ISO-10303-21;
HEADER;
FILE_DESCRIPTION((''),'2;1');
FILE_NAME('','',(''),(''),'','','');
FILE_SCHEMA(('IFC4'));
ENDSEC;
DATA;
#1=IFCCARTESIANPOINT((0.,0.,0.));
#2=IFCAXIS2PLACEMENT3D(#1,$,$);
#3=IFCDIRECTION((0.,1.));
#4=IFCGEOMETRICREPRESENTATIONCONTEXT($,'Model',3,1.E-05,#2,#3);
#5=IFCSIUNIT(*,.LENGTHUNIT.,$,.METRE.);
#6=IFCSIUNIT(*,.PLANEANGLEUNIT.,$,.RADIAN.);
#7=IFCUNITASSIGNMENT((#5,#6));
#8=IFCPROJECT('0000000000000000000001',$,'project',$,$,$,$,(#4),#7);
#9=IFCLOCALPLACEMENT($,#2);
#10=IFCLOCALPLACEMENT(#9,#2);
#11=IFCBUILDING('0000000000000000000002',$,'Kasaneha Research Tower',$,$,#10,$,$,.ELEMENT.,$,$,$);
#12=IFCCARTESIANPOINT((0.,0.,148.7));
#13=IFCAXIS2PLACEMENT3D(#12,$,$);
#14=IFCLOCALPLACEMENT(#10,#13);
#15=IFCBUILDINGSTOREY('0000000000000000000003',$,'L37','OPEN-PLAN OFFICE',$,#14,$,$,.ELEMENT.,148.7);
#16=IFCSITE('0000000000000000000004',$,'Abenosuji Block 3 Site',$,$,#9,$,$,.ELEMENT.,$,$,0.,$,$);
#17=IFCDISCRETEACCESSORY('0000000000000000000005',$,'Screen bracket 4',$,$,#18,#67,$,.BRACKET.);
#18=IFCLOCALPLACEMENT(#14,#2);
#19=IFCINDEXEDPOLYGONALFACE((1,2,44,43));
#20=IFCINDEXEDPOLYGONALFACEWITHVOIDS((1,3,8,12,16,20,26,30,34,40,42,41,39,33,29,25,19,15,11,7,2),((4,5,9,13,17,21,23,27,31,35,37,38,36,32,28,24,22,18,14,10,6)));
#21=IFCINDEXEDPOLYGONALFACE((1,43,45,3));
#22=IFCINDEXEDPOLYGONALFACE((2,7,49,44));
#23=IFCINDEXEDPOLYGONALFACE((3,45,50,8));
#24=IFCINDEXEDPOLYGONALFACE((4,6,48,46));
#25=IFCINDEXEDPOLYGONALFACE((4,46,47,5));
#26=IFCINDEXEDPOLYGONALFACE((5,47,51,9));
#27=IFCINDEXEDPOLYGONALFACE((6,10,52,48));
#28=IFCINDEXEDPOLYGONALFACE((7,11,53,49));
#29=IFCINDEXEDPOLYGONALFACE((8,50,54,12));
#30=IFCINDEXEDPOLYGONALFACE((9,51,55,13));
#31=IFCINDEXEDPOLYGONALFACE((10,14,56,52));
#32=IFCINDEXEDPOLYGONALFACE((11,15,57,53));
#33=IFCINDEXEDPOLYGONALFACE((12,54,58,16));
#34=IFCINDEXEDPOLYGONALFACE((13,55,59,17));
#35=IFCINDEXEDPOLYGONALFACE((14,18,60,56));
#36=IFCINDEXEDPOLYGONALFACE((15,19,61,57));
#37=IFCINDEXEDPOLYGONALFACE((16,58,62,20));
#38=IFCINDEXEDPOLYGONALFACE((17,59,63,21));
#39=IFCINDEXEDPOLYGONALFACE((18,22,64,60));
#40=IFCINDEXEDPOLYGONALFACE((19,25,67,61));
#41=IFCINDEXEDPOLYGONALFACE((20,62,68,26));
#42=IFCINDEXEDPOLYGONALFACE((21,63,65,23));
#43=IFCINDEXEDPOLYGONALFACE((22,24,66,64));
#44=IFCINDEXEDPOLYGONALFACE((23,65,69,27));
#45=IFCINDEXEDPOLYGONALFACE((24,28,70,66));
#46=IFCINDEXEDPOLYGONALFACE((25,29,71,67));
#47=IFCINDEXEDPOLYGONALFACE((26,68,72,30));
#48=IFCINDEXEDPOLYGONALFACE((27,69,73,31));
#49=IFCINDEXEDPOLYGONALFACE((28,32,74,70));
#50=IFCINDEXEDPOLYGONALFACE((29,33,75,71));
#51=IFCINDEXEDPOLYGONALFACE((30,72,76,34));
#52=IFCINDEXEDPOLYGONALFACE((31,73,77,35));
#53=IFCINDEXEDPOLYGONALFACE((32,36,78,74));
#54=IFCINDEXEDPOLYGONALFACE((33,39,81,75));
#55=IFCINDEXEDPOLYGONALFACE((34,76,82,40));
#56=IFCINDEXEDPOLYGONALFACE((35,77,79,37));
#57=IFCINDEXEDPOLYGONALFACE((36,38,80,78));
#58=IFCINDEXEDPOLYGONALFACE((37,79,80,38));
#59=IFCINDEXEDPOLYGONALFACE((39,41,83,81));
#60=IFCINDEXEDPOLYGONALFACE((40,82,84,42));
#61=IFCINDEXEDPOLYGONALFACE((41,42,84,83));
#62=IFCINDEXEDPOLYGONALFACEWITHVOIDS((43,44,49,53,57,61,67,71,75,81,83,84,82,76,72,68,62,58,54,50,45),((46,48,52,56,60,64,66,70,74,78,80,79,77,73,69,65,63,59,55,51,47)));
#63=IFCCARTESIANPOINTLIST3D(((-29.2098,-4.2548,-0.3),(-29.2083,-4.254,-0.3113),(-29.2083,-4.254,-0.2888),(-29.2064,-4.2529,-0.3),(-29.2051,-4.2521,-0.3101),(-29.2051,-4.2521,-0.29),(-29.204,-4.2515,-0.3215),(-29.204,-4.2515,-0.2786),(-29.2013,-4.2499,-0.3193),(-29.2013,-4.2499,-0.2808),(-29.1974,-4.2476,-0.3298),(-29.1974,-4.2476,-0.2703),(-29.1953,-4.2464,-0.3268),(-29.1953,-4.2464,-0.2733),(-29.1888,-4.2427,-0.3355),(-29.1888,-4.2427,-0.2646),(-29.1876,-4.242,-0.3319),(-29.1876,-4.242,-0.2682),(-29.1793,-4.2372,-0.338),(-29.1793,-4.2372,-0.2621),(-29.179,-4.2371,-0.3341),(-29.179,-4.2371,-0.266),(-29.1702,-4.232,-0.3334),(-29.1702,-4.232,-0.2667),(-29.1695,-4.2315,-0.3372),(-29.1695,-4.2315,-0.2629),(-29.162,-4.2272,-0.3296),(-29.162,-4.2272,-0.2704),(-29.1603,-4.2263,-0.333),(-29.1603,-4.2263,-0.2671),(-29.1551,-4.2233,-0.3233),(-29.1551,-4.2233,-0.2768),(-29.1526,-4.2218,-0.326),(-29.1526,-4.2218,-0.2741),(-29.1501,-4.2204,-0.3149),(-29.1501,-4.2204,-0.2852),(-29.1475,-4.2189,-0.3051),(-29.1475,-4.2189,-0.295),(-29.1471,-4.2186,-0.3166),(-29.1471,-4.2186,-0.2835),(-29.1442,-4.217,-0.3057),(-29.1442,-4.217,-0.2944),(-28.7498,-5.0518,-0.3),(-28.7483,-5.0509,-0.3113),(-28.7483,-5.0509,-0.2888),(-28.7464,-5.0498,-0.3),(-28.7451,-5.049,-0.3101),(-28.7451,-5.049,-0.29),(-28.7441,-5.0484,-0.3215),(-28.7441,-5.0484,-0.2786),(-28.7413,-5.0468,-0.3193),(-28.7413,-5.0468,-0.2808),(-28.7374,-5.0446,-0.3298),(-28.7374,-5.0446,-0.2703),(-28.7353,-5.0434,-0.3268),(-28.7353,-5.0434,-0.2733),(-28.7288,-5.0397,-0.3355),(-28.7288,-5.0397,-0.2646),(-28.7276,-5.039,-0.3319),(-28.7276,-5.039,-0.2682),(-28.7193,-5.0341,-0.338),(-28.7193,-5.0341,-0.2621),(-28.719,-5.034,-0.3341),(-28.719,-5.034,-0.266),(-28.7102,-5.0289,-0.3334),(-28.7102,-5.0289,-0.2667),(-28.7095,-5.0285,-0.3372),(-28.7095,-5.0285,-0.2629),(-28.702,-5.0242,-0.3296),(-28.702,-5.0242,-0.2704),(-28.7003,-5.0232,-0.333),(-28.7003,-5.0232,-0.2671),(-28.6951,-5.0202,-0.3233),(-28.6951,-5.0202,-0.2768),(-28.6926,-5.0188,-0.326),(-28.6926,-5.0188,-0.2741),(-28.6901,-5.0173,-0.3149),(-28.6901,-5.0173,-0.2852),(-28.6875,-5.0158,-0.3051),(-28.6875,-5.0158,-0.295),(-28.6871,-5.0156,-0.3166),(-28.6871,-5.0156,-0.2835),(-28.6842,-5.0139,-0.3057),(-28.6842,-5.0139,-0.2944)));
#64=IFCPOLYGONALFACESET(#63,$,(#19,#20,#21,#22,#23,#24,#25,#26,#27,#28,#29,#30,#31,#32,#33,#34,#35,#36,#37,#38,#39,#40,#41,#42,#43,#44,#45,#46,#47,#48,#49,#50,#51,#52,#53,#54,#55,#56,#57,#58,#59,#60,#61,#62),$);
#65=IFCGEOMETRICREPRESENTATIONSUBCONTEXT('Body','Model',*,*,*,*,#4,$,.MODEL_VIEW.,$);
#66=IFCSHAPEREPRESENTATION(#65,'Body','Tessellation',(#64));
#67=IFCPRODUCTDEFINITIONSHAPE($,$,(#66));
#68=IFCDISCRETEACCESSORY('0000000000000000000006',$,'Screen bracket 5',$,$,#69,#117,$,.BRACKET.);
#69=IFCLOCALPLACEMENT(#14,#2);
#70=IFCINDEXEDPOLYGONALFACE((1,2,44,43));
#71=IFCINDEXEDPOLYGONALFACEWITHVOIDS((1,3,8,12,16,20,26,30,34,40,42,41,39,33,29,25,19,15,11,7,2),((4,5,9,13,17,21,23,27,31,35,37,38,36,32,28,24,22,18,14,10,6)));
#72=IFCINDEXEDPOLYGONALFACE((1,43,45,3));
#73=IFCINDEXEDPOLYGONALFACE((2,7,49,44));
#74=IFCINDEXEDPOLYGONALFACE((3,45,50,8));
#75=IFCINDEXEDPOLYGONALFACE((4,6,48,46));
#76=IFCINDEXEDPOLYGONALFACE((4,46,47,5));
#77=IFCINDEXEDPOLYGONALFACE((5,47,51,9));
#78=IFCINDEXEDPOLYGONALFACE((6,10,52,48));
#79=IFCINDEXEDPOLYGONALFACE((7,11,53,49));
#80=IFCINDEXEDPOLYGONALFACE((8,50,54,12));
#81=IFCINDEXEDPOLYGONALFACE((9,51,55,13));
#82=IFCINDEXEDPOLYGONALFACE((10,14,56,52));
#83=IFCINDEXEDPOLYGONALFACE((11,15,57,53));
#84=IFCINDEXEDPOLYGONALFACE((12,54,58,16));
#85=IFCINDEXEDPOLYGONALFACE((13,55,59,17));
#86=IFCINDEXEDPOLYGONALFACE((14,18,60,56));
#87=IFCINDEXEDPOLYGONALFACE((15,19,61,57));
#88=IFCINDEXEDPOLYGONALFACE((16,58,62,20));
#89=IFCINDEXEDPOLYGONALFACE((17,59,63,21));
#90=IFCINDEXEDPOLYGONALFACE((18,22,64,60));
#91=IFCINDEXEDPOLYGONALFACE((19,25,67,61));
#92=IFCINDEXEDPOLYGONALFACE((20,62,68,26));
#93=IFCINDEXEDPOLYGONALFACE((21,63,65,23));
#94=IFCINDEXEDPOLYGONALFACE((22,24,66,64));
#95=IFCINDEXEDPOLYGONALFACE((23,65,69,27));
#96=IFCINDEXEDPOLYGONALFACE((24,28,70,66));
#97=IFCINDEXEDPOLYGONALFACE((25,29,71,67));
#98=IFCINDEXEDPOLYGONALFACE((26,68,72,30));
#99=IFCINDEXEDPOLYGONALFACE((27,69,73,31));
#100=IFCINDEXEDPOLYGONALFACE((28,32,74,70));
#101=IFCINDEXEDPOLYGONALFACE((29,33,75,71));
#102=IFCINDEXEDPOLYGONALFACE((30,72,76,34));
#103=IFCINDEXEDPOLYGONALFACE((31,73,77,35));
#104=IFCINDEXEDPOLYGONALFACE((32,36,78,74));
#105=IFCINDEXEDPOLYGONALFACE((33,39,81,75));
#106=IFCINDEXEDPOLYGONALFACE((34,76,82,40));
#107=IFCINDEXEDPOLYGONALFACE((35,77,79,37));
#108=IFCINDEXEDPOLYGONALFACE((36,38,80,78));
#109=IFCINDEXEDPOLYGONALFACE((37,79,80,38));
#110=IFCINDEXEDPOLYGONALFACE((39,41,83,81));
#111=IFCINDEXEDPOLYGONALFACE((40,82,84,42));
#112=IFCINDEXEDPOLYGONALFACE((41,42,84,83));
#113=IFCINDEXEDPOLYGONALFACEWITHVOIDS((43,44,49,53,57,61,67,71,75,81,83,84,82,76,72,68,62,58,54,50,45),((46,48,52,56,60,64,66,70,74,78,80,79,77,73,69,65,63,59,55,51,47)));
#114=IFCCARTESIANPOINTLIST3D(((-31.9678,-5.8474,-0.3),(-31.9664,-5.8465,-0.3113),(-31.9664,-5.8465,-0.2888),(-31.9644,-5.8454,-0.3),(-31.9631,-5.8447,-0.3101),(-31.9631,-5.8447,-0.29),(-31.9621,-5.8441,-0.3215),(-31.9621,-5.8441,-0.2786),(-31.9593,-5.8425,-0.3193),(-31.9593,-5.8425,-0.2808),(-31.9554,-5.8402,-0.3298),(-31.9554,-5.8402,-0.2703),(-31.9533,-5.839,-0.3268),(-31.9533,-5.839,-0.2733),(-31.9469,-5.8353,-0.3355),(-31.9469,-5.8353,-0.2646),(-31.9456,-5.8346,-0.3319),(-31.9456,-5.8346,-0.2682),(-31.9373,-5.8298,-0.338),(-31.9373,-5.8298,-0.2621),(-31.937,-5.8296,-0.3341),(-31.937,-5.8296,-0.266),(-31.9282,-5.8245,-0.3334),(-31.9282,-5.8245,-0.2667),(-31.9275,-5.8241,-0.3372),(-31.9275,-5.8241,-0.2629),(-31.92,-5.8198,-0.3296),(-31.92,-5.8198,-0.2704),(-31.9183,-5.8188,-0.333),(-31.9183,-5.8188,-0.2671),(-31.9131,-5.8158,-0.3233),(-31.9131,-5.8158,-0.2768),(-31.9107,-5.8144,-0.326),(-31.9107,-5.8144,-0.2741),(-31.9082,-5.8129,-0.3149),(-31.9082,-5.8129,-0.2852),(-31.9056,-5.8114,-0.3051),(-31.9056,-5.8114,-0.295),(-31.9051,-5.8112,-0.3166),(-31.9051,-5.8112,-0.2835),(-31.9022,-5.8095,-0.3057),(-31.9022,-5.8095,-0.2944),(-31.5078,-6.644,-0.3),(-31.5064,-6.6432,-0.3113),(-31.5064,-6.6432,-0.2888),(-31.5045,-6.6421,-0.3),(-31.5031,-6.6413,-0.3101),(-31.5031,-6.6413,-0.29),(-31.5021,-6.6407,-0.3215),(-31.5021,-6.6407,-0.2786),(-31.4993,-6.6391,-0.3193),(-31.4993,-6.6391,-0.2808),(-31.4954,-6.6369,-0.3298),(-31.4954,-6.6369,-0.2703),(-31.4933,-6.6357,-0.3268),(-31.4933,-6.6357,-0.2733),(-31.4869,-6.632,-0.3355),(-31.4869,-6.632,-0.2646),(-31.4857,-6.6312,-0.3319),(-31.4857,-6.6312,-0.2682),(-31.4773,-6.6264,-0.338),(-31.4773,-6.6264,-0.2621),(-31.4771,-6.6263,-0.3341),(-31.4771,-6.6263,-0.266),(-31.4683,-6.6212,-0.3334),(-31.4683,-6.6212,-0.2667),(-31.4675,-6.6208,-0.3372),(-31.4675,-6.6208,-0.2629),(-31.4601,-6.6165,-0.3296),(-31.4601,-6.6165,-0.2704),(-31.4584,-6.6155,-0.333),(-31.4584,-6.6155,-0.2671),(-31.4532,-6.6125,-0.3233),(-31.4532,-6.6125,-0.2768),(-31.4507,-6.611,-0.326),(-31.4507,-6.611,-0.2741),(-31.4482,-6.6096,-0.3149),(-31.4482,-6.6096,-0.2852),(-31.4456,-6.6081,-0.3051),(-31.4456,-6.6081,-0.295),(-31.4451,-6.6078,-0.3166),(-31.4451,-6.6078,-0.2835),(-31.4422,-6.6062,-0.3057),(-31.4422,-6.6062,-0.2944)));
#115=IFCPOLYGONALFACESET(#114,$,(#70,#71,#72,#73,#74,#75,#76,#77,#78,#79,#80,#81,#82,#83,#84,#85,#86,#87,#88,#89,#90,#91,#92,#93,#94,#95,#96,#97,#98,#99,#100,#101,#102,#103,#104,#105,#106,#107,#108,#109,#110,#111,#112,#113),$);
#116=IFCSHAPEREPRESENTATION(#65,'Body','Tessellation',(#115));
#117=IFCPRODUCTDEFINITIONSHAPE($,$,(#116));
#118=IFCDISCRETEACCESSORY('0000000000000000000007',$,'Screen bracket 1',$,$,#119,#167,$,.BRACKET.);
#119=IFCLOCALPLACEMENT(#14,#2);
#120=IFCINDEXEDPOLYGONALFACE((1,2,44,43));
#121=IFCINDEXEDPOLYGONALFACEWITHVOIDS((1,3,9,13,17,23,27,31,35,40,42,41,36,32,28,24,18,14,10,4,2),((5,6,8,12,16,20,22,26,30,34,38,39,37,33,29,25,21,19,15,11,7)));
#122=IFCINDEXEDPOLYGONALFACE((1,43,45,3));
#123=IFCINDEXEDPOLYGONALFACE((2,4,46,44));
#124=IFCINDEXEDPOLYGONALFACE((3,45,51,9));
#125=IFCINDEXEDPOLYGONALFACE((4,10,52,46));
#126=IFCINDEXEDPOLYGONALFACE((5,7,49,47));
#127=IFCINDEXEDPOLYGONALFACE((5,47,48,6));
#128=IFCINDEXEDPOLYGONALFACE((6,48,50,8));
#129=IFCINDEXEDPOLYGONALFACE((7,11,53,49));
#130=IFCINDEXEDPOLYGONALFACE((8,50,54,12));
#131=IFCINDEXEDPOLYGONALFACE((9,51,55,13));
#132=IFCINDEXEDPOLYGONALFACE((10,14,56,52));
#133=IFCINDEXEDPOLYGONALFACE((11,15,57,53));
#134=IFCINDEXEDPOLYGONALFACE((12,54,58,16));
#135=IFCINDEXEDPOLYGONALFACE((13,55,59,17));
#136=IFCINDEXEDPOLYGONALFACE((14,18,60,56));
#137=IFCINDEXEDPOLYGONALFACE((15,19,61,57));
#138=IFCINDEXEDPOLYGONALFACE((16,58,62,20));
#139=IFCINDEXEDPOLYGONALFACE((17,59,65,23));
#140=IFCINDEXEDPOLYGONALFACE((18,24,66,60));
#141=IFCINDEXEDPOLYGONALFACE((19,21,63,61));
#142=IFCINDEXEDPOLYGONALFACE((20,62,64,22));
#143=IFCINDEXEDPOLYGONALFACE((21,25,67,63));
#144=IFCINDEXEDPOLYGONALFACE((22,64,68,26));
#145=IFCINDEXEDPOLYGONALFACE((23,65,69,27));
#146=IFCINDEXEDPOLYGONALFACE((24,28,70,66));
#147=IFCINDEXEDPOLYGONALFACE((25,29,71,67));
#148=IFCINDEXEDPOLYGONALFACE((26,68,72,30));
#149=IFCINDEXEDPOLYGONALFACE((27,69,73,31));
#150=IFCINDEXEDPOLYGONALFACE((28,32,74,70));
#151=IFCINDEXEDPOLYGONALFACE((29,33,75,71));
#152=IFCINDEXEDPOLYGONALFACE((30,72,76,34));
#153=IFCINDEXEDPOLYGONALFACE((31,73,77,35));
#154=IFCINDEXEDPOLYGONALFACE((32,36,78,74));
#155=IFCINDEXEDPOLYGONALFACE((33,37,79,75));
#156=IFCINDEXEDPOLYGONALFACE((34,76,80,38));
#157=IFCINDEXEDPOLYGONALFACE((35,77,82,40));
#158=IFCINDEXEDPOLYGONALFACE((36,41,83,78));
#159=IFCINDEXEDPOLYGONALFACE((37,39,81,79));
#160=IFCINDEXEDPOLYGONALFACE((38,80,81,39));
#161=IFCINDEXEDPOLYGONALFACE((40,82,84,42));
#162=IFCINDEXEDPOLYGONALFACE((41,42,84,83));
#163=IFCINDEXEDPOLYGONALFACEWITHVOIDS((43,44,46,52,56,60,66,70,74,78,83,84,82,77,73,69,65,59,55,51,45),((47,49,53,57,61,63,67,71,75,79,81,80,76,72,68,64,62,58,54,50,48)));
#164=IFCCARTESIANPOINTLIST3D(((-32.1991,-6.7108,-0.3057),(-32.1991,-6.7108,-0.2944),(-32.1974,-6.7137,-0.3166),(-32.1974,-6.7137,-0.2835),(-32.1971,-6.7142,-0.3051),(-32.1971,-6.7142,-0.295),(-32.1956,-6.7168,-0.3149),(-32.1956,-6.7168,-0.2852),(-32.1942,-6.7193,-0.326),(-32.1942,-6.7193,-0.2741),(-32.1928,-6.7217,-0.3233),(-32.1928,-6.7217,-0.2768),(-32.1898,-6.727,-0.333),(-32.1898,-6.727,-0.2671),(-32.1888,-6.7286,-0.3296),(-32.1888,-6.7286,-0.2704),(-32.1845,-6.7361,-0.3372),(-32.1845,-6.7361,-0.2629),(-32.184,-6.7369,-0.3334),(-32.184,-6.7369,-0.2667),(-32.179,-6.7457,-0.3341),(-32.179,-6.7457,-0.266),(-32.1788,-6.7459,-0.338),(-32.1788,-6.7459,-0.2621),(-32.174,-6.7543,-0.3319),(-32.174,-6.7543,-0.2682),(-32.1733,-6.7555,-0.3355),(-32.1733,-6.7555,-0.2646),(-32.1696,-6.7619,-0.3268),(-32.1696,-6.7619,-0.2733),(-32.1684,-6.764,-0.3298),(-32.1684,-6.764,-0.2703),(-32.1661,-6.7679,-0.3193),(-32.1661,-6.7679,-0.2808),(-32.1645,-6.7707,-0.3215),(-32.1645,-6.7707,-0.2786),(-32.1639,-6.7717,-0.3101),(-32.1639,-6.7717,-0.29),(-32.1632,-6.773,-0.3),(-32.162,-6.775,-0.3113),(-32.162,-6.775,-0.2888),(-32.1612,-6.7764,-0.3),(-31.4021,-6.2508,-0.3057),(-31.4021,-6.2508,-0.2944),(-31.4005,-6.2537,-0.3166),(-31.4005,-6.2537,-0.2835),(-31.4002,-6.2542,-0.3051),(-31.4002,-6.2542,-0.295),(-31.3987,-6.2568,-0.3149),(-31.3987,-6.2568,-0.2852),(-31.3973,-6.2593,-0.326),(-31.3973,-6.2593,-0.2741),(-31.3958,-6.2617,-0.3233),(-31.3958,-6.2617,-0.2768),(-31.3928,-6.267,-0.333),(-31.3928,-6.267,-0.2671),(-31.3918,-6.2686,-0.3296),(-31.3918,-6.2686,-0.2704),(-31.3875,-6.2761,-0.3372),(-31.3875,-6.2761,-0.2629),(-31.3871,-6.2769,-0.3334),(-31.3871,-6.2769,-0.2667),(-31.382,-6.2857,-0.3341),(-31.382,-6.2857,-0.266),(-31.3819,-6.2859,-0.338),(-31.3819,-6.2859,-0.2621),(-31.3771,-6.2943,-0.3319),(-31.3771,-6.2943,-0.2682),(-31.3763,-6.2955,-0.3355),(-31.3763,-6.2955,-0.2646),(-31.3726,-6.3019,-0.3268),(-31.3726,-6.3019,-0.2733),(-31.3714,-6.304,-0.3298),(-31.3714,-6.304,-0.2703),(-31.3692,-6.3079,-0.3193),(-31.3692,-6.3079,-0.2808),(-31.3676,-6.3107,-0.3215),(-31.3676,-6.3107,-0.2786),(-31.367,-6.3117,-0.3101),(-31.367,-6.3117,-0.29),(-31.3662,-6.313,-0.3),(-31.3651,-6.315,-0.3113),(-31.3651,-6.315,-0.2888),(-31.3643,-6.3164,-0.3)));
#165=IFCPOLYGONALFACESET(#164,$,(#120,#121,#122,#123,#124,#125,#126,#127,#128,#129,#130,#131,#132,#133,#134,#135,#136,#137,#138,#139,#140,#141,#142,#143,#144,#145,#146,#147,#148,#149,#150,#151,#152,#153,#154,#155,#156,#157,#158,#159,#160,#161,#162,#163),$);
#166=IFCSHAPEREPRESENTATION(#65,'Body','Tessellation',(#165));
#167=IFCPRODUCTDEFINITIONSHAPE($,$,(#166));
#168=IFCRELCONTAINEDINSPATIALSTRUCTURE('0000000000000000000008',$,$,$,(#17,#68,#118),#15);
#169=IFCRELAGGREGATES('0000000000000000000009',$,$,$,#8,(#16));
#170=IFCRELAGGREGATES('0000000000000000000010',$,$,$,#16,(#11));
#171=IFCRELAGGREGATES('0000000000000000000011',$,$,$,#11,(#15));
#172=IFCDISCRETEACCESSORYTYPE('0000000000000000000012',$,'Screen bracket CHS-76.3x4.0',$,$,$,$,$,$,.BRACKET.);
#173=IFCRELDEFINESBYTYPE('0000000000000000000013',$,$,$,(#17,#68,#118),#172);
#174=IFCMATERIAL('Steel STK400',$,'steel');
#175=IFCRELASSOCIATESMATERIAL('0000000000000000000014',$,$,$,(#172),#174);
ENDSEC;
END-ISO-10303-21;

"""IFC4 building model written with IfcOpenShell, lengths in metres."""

from ifc_helpers import new_model, si_unit, direction, frame, origin, origin_2d, place, context, subcontext, project, spatial, hollow_circle, extrude, material, material_profile, profile_set, type_object, element, save


model = new_model("IFC4")

# Units and contexts
model_context = context("Model", 3, precision=1e-05, world=origin(), true_north=direction((0.0, 1.0)))
body_context = subcontext(model_context, "Body", "Model", "MODEL_VIEW")
ifc_project = project(units=[si_unit("LENGTHUNIT", "METRE"), si_unit("PLANEANGLEUNIT", "RADIAN")], contexts=[model_context])

# Site, building, storey
site_placement = place(None, origin())
site = spatial("IfcSite", under=ifc_project, at=site_placement, Name="Abenosuji Block 3 Site", CompositionType="ELEMENT", RefElevation=0.0)
building_placement = place(site_placement, origin())
building = spatial("IfcBuilding", under=site, at=building_placement, Name="Kasaneha Research Tower", CompositionType="ELEMENT")
storey_placement = place(building_placement, frame((0.0, 0.0, 148.7)))
storey = spatial("IfcBuildingStorey", under=building, at=storey_placement, Name="L37", Description="OPEN-PLAN OFFICE", CompositionType="ELEMENT", Elevation=148.7)

# Discrete accessories
ifc_material_1 = material(Name="Steel STK400", Category="steel")
ifc_material_profile_1 = material_profile(ifc_material_1, hollow_circle(Radius=0.0381, WallThickness=0.0039, at=origin_2d()), Name="CHS-76.3x4.0")
ifc_profile_set_1 = profile_set([ifc_material_profile_1], Name="Steel STK400")
discrete_accessory_type = type_object("IfcDiscreteAccessoryType", Name="Screen bracket CHS-76.3x4.0", PredefinedType="BRACKET", material=ifc_profile_set_1)
discrete_accessory_1_placement = place(storey_placement, frame((-28.7168, -5.0327, -0.3), z_axis=(-0.499906, 0.86608, 0.0), x_axis=(-0.86608, -0.499906, 0.0)))
element("IfcDiscreteAccessory", 1, at=discrete_accessory_1_placement, inside=storey, type_object=discrete_accessory_type, Name="Screen bracket 4", PredefinedType="BRACKET", context=body_context, shape_type="SweptSolid", body=[
    extrude(hollow_circle(Radius=0.0381, WallThickness=0.0039, at=origin_2d()), origin(), (0.0, 0.0, 1.0), 0.9202),
])
discrete_accessory_2_placement = place(storey_placement, frame((-31.4749, -6.625, -0.3), z_axis=(-0.500021, 0.866013, 0.0), x_axis=(-0.866013, -0.500021, 0.0)))
element("IfcDiscreteAccessory", 2, at=discrete_accessory_2_placement, inside=storey, type_object=discrete_accessory_type, Name="Screen bracket 5", PredefinedType="BRACKET", context=body_context, shape_type="SweptSolid", body=[
    extrude(hollow_circle(Radius=0.0381, WallThickness=0.0039, at=origin_2d()), origin(), (0.0, 0.0, 1.0), 0.9199),
])
discrete_accessory_3_placement = place(storey_placement, frame((-31.3833, -6.2834, -0.3), z_axis=(-0.86608, -0.499906, 0.0), x_axis=(0.499906, -0.86608, 0.0)))
element("IfcDiscreteAccessory", 3, at=discrete_accessory_3_placement, inside=storey, type_object=discrete_accessory_type, Name="Screen bracket 1", PredefinedType="BRACKET", context=body_context, shape_type="SweptSolid", body=[
    extrude(hollow_circle(Radius=0.0381, WallThickness=0.0039, at=origin_2d()), origin(), (0.0, 0.0, 1.0), 0.9202),
])

save(model, "model.ifc")
